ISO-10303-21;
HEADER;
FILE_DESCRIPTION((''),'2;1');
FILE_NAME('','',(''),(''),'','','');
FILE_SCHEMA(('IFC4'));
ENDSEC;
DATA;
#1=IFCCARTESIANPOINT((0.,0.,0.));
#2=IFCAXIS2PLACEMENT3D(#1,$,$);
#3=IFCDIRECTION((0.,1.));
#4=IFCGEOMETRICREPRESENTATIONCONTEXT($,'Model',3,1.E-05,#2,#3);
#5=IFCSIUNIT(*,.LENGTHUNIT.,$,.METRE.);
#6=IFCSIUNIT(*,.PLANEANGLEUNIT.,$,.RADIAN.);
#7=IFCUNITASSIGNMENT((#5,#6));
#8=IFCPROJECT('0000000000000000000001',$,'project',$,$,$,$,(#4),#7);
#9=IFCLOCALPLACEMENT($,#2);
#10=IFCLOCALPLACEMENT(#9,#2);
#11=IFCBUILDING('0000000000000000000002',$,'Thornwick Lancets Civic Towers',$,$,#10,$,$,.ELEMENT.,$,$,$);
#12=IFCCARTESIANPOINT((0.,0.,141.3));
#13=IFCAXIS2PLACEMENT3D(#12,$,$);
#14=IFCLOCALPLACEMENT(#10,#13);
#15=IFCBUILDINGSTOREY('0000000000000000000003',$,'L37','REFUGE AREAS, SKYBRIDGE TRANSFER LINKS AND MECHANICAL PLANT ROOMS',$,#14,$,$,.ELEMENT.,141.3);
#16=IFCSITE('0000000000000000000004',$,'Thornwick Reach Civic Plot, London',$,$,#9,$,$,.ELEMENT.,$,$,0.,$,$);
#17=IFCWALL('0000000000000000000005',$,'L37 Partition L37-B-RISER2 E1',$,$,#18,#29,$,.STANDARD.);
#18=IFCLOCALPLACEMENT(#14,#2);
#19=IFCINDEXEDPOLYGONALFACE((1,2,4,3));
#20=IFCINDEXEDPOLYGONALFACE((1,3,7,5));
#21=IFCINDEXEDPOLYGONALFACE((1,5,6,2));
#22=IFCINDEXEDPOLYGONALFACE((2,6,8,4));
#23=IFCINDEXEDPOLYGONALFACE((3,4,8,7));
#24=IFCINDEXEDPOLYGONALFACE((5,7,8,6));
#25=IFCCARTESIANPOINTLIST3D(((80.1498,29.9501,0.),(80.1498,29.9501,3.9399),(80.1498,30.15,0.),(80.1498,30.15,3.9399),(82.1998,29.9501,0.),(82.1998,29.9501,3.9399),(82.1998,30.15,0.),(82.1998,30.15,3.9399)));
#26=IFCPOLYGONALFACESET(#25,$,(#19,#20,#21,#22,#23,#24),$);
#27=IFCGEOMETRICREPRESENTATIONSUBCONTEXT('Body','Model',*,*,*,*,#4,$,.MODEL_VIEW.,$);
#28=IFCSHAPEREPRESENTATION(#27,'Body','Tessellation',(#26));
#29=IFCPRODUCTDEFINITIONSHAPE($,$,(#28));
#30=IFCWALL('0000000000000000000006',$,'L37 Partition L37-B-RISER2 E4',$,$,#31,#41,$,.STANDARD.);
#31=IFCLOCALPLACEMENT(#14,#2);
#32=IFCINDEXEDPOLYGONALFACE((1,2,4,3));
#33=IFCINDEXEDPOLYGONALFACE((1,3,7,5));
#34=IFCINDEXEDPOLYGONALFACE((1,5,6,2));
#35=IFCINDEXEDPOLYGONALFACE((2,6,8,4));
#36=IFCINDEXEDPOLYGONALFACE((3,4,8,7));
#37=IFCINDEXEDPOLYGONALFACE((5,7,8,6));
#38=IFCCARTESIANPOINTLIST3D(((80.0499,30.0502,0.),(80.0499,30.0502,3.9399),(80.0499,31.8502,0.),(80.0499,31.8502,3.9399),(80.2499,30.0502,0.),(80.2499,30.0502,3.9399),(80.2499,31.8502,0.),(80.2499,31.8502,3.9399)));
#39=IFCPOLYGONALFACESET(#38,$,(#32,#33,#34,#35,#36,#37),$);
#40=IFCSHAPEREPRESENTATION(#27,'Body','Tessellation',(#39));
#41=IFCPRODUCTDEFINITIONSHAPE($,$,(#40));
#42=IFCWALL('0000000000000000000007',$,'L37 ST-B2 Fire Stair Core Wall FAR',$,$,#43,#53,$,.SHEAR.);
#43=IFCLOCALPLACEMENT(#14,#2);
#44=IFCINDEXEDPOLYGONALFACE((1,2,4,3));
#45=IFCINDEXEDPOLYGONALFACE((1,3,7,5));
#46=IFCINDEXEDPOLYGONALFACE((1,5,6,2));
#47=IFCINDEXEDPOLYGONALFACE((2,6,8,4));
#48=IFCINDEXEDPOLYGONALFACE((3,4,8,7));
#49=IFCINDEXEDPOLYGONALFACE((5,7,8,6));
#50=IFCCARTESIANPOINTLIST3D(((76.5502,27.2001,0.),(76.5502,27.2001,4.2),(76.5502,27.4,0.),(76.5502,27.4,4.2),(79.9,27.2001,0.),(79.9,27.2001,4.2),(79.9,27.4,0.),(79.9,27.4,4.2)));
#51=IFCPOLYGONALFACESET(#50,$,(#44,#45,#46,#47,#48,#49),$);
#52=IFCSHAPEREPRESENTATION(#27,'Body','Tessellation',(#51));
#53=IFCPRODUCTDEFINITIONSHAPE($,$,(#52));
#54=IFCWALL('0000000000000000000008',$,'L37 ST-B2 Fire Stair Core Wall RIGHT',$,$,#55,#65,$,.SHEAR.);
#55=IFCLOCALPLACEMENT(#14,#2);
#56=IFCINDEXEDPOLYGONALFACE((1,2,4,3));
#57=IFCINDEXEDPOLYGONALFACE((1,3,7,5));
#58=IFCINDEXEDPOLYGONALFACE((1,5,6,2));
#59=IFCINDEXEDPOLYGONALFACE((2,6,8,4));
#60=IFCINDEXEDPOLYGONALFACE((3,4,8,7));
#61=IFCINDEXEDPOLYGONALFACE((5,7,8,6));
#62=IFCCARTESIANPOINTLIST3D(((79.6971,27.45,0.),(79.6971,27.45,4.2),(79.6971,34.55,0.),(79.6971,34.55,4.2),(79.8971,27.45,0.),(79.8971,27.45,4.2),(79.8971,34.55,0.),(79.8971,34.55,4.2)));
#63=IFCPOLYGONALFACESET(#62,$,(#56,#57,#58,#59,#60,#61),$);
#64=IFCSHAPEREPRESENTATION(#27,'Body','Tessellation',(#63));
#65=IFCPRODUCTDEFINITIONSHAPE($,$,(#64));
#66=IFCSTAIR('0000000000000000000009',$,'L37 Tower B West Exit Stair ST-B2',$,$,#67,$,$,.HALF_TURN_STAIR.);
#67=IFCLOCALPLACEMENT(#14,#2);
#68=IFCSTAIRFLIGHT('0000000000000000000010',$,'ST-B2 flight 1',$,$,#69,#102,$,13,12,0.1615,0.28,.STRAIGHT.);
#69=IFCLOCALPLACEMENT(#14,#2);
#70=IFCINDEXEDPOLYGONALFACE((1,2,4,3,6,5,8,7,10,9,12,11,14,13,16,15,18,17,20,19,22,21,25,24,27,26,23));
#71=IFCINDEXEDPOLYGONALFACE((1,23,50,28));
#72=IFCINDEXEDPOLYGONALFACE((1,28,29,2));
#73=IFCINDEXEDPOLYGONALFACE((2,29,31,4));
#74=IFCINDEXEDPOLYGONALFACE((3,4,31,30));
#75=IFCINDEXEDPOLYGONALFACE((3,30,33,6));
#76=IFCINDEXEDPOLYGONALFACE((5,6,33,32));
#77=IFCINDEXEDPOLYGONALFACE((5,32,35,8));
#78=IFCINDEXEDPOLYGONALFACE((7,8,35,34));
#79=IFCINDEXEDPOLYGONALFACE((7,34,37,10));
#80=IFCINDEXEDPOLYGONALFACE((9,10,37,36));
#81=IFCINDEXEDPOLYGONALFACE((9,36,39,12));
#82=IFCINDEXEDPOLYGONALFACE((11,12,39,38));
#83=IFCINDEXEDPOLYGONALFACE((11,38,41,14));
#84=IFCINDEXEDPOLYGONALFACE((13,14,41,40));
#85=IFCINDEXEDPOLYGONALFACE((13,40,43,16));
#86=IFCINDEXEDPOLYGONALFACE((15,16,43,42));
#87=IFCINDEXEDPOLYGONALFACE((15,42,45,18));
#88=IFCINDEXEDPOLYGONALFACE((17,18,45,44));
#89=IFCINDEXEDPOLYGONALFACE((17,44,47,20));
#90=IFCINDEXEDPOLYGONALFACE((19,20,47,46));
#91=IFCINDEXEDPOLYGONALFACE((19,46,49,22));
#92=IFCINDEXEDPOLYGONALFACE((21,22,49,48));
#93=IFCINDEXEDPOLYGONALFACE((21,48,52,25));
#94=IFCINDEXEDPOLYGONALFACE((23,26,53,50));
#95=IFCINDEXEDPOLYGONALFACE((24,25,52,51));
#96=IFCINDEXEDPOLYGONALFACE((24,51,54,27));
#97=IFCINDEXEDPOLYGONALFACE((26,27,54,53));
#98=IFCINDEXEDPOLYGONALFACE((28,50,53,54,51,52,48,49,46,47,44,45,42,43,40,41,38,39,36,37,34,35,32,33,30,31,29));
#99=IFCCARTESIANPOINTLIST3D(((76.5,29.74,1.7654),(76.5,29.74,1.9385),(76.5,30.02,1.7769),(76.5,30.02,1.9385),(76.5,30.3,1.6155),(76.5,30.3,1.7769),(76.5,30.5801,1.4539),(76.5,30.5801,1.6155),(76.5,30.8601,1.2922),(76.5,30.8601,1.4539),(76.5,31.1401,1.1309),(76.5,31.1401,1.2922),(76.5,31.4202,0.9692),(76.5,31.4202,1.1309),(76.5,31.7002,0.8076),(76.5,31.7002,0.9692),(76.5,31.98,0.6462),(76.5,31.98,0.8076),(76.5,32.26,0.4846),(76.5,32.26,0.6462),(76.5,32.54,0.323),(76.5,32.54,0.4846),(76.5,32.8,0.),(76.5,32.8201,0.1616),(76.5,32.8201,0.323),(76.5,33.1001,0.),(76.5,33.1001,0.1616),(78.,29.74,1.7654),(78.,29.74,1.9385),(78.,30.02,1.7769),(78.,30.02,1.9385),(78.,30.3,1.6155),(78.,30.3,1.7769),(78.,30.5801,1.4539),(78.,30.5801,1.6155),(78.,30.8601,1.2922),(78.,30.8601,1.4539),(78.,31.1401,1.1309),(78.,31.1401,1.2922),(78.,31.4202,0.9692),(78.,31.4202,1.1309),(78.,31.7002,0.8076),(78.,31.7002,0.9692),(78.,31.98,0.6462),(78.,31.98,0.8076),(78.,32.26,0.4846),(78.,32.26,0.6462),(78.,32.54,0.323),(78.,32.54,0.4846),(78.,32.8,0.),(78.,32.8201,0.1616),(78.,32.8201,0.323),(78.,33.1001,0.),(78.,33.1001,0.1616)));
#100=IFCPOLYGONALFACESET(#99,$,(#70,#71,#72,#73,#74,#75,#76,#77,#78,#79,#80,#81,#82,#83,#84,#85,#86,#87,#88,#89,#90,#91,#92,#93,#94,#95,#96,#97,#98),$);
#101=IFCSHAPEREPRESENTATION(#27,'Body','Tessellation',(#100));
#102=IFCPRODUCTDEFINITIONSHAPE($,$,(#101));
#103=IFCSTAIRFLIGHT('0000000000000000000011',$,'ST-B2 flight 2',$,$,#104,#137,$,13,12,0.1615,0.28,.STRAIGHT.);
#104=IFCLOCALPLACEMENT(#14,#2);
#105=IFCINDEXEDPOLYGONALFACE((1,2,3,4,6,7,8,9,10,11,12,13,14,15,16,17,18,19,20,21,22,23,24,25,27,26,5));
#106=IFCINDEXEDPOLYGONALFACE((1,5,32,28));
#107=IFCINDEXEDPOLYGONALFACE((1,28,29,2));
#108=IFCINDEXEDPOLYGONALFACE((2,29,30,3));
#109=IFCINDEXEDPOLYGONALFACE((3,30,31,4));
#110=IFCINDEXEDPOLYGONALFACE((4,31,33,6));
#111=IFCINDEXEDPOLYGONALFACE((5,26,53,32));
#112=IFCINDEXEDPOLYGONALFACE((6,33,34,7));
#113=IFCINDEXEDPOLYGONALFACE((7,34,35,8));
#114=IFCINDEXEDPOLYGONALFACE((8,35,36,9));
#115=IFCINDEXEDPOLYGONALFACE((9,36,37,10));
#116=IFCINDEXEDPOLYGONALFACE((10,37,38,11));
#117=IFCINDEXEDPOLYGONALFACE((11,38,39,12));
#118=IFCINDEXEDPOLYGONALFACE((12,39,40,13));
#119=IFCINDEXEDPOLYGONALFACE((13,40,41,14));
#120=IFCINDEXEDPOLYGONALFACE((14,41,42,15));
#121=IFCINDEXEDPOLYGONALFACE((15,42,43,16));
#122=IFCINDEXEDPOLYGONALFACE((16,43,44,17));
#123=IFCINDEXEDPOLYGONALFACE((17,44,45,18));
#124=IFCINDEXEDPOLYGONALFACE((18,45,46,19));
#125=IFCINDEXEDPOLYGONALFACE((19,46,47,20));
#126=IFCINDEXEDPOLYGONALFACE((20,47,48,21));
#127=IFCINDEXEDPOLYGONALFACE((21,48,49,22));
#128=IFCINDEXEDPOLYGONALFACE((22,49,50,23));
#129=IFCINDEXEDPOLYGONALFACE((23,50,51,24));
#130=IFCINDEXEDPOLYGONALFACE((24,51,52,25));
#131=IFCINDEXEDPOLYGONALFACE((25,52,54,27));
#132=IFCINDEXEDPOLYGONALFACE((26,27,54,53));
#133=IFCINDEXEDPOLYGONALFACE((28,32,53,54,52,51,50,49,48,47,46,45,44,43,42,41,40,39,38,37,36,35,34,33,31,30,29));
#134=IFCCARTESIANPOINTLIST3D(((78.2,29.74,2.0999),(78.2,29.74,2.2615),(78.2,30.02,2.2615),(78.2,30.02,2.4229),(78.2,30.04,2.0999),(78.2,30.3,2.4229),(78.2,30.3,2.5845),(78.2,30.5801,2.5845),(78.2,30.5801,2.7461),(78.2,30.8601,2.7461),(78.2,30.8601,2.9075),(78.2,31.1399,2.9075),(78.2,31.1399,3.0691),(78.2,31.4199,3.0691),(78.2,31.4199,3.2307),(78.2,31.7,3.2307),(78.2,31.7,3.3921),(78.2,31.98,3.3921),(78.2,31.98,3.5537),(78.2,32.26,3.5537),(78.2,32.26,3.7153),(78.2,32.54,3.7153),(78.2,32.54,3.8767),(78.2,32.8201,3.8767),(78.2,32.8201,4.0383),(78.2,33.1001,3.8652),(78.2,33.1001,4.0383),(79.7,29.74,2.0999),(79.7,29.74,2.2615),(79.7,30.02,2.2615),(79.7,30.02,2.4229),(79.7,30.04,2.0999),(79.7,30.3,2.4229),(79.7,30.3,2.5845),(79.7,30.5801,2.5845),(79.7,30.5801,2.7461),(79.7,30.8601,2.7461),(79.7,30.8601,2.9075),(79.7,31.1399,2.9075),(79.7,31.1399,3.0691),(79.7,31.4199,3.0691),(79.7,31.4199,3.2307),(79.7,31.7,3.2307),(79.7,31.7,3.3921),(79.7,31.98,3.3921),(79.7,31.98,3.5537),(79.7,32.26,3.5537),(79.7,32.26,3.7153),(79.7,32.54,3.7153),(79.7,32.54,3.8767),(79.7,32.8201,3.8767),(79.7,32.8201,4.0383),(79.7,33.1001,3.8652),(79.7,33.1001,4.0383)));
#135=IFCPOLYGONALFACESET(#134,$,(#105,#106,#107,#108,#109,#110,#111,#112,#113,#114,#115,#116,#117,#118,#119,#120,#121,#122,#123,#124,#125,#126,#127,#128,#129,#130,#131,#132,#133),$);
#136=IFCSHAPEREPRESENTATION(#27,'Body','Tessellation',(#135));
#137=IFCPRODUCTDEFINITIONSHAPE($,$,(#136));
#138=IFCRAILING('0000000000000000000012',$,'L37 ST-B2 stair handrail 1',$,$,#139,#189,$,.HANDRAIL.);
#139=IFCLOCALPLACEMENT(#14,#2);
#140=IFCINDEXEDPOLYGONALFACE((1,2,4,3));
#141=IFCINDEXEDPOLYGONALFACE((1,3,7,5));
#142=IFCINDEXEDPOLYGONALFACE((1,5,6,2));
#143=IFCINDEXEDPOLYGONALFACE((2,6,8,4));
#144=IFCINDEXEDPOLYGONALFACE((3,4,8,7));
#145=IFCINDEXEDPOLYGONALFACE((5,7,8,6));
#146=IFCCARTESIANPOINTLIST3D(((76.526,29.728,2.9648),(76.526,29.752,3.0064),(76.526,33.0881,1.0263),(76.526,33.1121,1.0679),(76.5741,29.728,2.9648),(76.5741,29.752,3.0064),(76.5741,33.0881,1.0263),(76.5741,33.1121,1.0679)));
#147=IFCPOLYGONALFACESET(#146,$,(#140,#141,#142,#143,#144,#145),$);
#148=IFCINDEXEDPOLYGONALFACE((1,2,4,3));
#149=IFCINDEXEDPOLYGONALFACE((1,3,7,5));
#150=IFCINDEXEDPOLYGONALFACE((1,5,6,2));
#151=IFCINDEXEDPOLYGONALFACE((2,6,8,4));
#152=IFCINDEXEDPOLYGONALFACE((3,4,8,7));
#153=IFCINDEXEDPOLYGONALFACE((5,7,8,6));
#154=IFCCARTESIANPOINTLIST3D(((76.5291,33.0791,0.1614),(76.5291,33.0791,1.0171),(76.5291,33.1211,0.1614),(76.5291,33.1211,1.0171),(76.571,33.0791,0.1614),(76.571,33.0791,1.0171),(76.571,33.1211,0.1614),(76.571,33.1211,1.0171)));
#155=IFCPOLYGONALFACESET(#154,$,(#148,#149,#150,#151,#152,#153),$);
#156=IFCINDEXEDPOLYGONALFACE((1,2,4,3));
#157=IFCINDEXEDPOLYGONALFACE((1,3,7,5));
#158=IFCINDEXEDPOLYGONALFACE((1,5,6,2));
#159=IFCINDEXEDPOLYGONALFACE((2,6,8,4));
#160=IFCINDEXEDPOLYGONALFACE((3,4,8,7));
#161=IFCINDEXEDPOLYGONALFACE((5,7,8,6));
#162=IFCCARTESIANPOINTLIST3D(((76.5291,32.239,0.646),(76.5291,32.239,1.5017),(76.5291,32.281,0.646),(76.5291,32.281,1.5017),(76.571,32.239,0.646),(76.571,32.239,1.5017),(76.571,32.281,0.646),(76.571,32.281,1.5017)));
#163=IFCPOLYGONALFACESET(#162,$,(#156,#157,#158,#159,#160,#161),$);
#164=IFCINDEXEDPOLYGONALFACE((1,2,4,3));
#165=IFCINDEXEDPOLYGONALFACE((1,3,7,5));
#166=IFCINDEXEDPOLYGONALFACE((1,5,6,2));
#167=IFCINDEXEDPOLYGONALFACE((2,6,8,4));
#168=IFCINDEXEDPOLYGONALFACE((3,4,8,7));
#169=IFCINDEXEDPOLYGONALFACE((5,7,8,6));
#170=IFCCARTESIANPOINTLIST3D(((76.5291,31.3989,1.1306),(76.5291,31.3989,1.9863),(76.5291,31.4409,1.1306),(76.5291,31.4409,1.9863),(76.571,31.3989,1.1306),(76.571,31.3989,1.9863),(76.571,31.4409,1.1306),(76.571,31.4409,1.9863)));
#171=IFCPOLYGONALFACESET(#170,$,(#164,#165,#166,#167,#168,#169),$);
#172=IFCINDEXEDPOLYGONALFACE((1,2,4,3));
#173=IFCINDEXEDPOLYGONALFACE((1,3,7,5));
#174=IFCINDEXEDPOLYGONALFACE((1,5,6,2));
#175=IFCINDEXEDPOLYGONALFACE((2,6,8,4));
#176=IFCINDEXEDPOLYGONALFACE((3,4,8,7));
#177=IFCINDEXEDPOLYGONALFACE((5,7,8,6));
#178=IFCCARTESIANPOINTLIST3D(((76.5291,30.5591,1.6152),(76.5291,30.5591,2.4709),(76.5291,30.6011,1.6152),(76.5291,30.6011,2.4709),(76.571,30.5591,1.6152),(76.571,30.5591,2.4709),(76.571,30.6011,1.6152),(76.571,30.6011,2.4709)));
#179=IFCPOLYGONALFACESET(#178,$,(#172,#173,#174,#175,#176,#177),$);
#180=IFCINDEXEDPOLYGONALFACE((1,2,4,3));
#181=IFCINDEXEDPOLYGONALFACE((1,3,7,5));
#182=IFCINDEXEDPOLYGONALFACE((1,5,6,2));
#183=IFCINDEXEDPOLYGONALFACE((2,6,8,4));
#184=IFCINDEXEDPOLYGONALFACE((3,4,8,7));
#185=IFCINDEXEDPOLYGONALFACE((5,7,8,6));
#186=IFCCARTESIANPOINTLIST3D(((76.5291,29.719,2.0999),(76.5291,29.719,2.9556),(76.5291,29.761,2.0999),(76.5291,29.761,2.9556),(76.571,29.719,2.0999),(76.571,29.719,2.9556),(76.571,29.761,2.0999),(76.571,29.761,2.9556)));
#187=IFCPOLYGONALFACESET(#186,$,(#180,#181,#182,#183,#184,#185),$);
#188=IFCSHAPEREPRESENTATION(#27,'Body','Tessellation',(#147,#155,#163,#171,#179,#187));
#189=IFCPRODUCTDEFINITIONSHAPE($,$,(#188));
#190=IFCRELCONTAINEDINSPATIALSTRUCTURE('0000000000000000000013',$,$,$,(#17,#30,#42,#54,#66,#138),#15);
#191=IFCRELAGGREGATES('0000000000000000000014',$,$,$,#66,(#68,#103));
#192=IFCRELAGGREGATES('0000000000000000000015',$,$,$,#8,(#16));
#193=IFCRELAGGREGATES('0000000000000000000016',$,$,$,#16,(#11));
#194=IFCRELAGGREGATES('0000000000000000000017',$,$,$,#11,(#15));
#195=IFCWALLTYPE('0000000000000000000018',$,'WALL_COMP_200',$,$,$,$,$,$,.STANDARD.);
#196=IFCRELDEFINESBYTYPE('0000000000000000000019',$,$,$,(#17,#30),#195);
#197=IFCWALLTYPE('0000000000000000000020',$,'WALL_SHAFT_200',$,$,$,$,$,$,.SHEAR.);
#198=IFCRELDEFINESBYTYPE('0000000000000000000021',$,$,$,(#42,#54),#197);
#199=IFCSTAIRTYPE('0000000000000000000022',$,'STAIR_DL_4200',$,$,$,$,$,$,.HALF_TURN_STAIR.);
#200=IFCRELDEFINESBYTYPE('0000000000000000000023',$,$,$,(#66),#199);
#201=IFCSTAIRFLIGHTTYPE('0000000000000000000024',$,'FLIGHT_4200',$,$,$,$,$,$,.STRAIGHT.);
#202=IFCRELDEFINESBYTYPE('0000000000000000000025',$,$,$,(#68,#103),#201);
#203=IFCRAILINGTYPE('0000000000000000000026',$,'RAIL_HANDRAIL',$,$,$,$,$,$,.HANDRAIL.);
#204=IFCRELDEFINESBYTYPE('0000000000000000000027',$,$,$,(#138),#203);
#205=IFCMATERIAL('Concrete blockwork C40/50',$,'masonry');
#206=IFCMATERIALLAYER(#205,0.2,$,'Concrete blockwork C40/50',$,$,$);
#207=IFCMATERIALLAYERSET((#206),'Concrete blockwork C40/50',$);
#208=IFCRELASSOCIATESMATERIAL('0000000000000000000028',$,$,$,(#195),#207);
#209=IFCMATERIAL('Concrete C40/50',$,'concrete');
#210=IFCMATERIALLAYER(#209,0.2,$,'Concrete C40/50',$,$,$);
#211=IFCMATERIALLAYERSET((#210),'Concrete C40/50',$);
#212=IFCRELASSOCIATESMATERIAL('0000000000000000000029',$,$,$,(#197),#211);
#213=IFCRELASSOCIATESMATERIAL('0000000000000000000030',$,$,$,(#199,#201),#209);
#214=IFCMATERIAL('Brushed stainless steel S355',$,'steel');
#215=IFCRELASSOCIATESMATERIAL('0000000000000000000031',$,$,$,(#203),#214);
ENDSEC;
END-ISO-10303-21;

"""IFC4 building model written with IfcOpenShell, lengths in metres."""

from ifc_helpers import new_model, si_unit, direction, frame, frame_2d, origin, origin_2d, place, context, subcontext, project, spatial, polyline, rectangle, outline, extrude, material, layer, layer_set, type_object, element, aggregate, save


model = new_model("IFC4")

# Units and contexts
model_context = context("Model", 3, precision=1e-05, world=origin(), true_north=direction((0.0, 1.0)))
body_context = subcontext(model_context, "Body", "Model", "MODEL_VIEW")
ifc_project = project(units=[si_unit("LENGTHUNIT", "METRE"), si_unit("PLANEANGLEUNIT", "RADIAN")], contexts=[model_context])

# Site, building, storey
site_placement = place(None, origin())
site = spatial("IfcSite", under=ifc_project, at=site_placement, Name="Thornwick Reach Civic Plot, London", CompositionType="ELEMENT", RefElevation=0.0)
building_placement = place(site_placement, origin())
building = spatial("IfcBuilding", under=site, at=building_placement, Name="Thornwick Lancets Civic Towers", CompositionType="ELEMENT")
storey_placement = place(building_placement, frame((0.0, 0.0, 141.3)))
storey = spatial("IfcBuildingStorey", under=building, at=storey_placement, Name="L37", Description="REFUGE AREAS, SKYBRIDGE TRANSFER LINKS AND MECHANICAL PLANT ROOMS", CompositionType="ELEMENT", Elevation=141.3)

# Shared definitions
ifc_material_1 = material(Name="Concrete C40/50", Category="concrete")

# Shared definitions
ifc_material_2 = material(Name="Concrete blockwork C40/50", Category="masonry")
ifc_layer_1 = layer(ifc_material_2, 0.2, Name="Concrete blockwork C40/50")
ifc_layer_set_1 = layer_set([ifc_layer_1], Name="Concrete blockwork C40/50")
wall_type_1 = type_object("IfcWallType", Name="WALL_COMP_200", PredefinedType="STANDARD", material=ifc_layer_set_1)

# Walls
wall_1_placement = place(storey_placement, frame((80.1499, 30.05, 0.0), z_axis=(0.0, 0.0, 1.0), x_axis=(1.0, 0.0, 0.0)))
element("IfcWall", 1, at=wall_1_placement, inside=storey, type_object=wall_type_1, Name="L37 Partition L37-B-RISER2 E1", PredefinedType="STANDARD", context=body_context, shape_type="SweptSolid", body=[
    extrude(rectangle(XDim=2.05, YDim=0.2, at=frame_2d((1.0249, 0.0))), origin(), (0.0, 0.0, 1.0), 3.9399),
])
wall_2_placement = place(storey_placement, frame((80.1499, 31.8501, 0.0), z_axis=(0.0, 0.0, 1.0), x_axis=(0.0, -1.0, 0.0)))
element("IfcWall", 2, at=wall_2_placement, inside=storey, type_object=wall_type_1, Name="L37 Partition L37-B-RISER2 E4", PredefinedType="STANDARD", context=body_context, shape_type="SweptSolid", body=[
    extrude(rectangle(XDim=1.8, YDim=0.2, at=frame_2d((0.8999, 0.0))), origin(), (0.0, 0.0, 1.0), 3.9399),
])
ifc_layer_2 = layer(ifc_material_1, 0.2, Name="Concrete C40/50")
ifc_layer_set_2 = layer_set([ifc_layer_2], Name="Concrete C40/50")
wall_type_2 = type_object("IfcWallType", Name="WALL_SHAFT_200", PredefinedType="SHEAR", material=ifc_layer_set_2)
wall_3_placement = place(storey_placement, frame((79.8999, 27.3, 0.0), z_axis=(0.0, 0.0, 1.0), x_axis=(-1.0, 0.0, 0.0)))
element("IfcWall", 3, at=wall_3_placement, inside=storey, type_object=wall_type_2, Name="L37 ST-B2 Fire Stair Core Wall FAR", PredefinedType="SHEAR", context=body_context, shape_type="SweptSolid", body=[
    extrude(rectangle(XDim=3.3499, YDim=0.2, at=frame_2d((1.6748, 0.0))), origin(), (0.0, 0.0, 1.0), 4.2),
])
wall_4_placement = place(storey_placement, frame((79.7971, 27.45, 0.0), z_axis=(0.0, 0.0, 1.0), x_axis=(0.0, 1.0, 0.0)))
element("IfcWall", 4, at=wall_4_placement, inside=storey, type_object=wall_type_2, Name="L37 ST-B2 Fire Stair Core Wall RIGHT", PredefinedType="SHEAR", context=body_context, shape_type="SweptSolid", body=[
    extrude(rectangle(XDim=7.1001, YDim=0.2, at=frame_2d((3.55, 0.0))), origin(), (0.0, 0.0, 1.0), 4.2),
])

# Stair, stair flights
stair_type = type_object("IfcStairType", Name="STAIR_DL_4200", PredefinedType="HALF_TURN_STAIR", material=ifc_material_1)
stair_placement = place(storey_placement, origin())
stair = element("IfcStair", 5, at=stair_placement, inside=storey, type_object=stair_type, Name="L37 Tower B West Exit Stair ST-B2", PredefinedType="HALF_TURN_STAIR")
stair_flight_type = type_object("IfcStairFlightType", Name="FLIGHT_4200", PredefinedType="STRAIGHT", material=ifc_material_1)
stair_flight_1_placement = place(storey_placement, frame((77.25, 33.1001, 0.0), z_axis=(0.0, 0.0, 1.0), x_axis=(0.0, -1.0, 0.0)))
stair_flight_1 = element("IfcStairFlight", 6, at=stair_flight_1_placement, type_object=stair_flight_type, Name="ST-B2 flight 1", NumberOfRisers=13, NumberOfTreads=12, PredefinedType="STRAIGHT", RiserHeight=0.1615, TreadLength=0.28, context=body_context, shape_type="SweptSolid", body=[
    extrude(outline(polyline([(0.0, 0.0), (0.0, 0.1616), (0.28, 0.1616), (0.28, 0.323), (0.5601, 0.323), (0.5601, 0.4846), (0.8401, 0.4846), (0.8401, 0.6462), (1.1201, 0.6462), (1.1201, 0.8076), (1.3999, 0.8076), (1.3999, 0.9692), (1.6799, 0.9692), (1.6799, 1.1309), (1.96, 1.1309), (1.96, 1.2922), (2.24, 1.2922), (2.24, 1.4539), (2.52, 1.4539), (2.52, 1.6155), (2.8, 1.6155), (2.8, 1.7769), (3.0801, 1.7769), (3.0801, 1.9385), (3.3601, 1.9385), (3.3601, 2.1001), (3.3601, 1.7654), (0.3, 0.0), (0.0, 0.0)])), frame((0.0, 0.75, 0.0), z_axis=(0.0, -1.0, 0.0), x_axis=(1.0, 0.0, 0.0)), (0.0, 0.0, 1.0), 1.5),
])
stair_flight_2_placement = place(storey_placement, frame((78.95, 29.74, 2.0999), z_axis=(0.0, 0.0, 1.0), x_axis=(0.0, 1.0, 0.0)))
stair_flight_2 = element("IfcStairFlight", 7, at=stair_flight_2_placement, type_object=stair_flight_type, Name="ST-B2 flight 2", NumberOfRisers=13, NumberOfTreads=12, PredefinedType="STRAIGHT", RiserHeight=0.1615, TreadLength=0.28, context=body_context, shape_type="SweptSolid", body=[
    extrude(outline(polyline([(0.0, 0.0), (0.0, 0.1616), (0.28, 0.1616), (0.28, 0.323), (0.5601, 0.323), (0.5601, 0.4846), (0.8401, 0.4846), (0.8401, 0.6462), (1.1201, 0.6462), (1.1201, 0.8076), (1.3999, 0.8076), (1.3999, 0.9692), (1.6799, 0.9692), (1.6799, 1.1309), (1.96, 1.1309), (1.96, 1.2922), (2.24, 1.2922), (2.24, 1.4539), (2.52, 1.4539), (2.52, 1.6155), (2.8, 1.6155), (2.8, 1.7769), (3.0801, 1.7769), (3.0801, 1.9385), (3.3601, 1.9385), (3.3601, 2.1001), (3.3601, 1.7654), (0.3, 0.0), (0.0, 0.0)])), frame((0.0, 0.75, 0.0), z_axis=(0.0, -1.0, 0.0), x_axis=(1.0, 0.0, 0.0)), (0.0, 0.0, 1.0), 1.5),
])
aggregate(stair, [stair_flight_1, stair_flight_2])

# Railing
ifc_material_3 = material(Name="Brushed stainless steel S355", Category="steel")
railing_type_1 = type_object("IfcRailingType", Name="RAIL_HANDRAIL", PredefinedType="HANDRAIL", material=ifc_material_3)
railing_1_placement = place(storey_placement, frame((76.55, 33.1001, 0.1614)))
element("IfcRailing", 8, at=railing_1_placement, inside=storey, type_object=railing_type_1, Name="L37 ST-B2 stair handrail 1", PredefinedType="HANDRAIL", context=body_context, shape_type="SweptSolid", body=[
    extrude(rectangle(XDim=0.0481, YDim=0.0481, at=origin_2d()), frame((0.0, 0.0, 0.8857), z_axis=(0.0, -0.866191, 0.499713), x_axis=(1.0, 0.0, 0.0)), (0.0, 0.0, 1.0), 3.8792),
    extrude(rectangle(XDim=0.042, YDim=0.042, at=origin_2d()), origin(), (0.0, 0.0, 1.0), 0.8557),
    extrude(rectangle(XDim=0.042, YDim=0.042, at=origin_2d()), frame((0.0, -0.8401, 0.4846)), (0.0, 0.0, 1.0), 0.8557),
    extrude(rectangle(XDim=0.042, YDim=0.042, at=origin_2d()), frame((0.0, -1.6802, 0.9692)), (0.0, 0.0, 1.0), 0.8557),
    extrude(rectangle(XDim=0.042, YDim=0.042, at=origin_2d()), frame((0.0, -2.52, 1.4539)), (0.0, 0.0, 1.0), 0.8557),
    extrude(rectangle(XDim=0.042, YDim=0.042, at=origin_2d()), frame((0.0, -3.3601, 1.9385)), (0.0, 0.0, 1.0), 0.8557),
])

save(model, "model.ifc")
